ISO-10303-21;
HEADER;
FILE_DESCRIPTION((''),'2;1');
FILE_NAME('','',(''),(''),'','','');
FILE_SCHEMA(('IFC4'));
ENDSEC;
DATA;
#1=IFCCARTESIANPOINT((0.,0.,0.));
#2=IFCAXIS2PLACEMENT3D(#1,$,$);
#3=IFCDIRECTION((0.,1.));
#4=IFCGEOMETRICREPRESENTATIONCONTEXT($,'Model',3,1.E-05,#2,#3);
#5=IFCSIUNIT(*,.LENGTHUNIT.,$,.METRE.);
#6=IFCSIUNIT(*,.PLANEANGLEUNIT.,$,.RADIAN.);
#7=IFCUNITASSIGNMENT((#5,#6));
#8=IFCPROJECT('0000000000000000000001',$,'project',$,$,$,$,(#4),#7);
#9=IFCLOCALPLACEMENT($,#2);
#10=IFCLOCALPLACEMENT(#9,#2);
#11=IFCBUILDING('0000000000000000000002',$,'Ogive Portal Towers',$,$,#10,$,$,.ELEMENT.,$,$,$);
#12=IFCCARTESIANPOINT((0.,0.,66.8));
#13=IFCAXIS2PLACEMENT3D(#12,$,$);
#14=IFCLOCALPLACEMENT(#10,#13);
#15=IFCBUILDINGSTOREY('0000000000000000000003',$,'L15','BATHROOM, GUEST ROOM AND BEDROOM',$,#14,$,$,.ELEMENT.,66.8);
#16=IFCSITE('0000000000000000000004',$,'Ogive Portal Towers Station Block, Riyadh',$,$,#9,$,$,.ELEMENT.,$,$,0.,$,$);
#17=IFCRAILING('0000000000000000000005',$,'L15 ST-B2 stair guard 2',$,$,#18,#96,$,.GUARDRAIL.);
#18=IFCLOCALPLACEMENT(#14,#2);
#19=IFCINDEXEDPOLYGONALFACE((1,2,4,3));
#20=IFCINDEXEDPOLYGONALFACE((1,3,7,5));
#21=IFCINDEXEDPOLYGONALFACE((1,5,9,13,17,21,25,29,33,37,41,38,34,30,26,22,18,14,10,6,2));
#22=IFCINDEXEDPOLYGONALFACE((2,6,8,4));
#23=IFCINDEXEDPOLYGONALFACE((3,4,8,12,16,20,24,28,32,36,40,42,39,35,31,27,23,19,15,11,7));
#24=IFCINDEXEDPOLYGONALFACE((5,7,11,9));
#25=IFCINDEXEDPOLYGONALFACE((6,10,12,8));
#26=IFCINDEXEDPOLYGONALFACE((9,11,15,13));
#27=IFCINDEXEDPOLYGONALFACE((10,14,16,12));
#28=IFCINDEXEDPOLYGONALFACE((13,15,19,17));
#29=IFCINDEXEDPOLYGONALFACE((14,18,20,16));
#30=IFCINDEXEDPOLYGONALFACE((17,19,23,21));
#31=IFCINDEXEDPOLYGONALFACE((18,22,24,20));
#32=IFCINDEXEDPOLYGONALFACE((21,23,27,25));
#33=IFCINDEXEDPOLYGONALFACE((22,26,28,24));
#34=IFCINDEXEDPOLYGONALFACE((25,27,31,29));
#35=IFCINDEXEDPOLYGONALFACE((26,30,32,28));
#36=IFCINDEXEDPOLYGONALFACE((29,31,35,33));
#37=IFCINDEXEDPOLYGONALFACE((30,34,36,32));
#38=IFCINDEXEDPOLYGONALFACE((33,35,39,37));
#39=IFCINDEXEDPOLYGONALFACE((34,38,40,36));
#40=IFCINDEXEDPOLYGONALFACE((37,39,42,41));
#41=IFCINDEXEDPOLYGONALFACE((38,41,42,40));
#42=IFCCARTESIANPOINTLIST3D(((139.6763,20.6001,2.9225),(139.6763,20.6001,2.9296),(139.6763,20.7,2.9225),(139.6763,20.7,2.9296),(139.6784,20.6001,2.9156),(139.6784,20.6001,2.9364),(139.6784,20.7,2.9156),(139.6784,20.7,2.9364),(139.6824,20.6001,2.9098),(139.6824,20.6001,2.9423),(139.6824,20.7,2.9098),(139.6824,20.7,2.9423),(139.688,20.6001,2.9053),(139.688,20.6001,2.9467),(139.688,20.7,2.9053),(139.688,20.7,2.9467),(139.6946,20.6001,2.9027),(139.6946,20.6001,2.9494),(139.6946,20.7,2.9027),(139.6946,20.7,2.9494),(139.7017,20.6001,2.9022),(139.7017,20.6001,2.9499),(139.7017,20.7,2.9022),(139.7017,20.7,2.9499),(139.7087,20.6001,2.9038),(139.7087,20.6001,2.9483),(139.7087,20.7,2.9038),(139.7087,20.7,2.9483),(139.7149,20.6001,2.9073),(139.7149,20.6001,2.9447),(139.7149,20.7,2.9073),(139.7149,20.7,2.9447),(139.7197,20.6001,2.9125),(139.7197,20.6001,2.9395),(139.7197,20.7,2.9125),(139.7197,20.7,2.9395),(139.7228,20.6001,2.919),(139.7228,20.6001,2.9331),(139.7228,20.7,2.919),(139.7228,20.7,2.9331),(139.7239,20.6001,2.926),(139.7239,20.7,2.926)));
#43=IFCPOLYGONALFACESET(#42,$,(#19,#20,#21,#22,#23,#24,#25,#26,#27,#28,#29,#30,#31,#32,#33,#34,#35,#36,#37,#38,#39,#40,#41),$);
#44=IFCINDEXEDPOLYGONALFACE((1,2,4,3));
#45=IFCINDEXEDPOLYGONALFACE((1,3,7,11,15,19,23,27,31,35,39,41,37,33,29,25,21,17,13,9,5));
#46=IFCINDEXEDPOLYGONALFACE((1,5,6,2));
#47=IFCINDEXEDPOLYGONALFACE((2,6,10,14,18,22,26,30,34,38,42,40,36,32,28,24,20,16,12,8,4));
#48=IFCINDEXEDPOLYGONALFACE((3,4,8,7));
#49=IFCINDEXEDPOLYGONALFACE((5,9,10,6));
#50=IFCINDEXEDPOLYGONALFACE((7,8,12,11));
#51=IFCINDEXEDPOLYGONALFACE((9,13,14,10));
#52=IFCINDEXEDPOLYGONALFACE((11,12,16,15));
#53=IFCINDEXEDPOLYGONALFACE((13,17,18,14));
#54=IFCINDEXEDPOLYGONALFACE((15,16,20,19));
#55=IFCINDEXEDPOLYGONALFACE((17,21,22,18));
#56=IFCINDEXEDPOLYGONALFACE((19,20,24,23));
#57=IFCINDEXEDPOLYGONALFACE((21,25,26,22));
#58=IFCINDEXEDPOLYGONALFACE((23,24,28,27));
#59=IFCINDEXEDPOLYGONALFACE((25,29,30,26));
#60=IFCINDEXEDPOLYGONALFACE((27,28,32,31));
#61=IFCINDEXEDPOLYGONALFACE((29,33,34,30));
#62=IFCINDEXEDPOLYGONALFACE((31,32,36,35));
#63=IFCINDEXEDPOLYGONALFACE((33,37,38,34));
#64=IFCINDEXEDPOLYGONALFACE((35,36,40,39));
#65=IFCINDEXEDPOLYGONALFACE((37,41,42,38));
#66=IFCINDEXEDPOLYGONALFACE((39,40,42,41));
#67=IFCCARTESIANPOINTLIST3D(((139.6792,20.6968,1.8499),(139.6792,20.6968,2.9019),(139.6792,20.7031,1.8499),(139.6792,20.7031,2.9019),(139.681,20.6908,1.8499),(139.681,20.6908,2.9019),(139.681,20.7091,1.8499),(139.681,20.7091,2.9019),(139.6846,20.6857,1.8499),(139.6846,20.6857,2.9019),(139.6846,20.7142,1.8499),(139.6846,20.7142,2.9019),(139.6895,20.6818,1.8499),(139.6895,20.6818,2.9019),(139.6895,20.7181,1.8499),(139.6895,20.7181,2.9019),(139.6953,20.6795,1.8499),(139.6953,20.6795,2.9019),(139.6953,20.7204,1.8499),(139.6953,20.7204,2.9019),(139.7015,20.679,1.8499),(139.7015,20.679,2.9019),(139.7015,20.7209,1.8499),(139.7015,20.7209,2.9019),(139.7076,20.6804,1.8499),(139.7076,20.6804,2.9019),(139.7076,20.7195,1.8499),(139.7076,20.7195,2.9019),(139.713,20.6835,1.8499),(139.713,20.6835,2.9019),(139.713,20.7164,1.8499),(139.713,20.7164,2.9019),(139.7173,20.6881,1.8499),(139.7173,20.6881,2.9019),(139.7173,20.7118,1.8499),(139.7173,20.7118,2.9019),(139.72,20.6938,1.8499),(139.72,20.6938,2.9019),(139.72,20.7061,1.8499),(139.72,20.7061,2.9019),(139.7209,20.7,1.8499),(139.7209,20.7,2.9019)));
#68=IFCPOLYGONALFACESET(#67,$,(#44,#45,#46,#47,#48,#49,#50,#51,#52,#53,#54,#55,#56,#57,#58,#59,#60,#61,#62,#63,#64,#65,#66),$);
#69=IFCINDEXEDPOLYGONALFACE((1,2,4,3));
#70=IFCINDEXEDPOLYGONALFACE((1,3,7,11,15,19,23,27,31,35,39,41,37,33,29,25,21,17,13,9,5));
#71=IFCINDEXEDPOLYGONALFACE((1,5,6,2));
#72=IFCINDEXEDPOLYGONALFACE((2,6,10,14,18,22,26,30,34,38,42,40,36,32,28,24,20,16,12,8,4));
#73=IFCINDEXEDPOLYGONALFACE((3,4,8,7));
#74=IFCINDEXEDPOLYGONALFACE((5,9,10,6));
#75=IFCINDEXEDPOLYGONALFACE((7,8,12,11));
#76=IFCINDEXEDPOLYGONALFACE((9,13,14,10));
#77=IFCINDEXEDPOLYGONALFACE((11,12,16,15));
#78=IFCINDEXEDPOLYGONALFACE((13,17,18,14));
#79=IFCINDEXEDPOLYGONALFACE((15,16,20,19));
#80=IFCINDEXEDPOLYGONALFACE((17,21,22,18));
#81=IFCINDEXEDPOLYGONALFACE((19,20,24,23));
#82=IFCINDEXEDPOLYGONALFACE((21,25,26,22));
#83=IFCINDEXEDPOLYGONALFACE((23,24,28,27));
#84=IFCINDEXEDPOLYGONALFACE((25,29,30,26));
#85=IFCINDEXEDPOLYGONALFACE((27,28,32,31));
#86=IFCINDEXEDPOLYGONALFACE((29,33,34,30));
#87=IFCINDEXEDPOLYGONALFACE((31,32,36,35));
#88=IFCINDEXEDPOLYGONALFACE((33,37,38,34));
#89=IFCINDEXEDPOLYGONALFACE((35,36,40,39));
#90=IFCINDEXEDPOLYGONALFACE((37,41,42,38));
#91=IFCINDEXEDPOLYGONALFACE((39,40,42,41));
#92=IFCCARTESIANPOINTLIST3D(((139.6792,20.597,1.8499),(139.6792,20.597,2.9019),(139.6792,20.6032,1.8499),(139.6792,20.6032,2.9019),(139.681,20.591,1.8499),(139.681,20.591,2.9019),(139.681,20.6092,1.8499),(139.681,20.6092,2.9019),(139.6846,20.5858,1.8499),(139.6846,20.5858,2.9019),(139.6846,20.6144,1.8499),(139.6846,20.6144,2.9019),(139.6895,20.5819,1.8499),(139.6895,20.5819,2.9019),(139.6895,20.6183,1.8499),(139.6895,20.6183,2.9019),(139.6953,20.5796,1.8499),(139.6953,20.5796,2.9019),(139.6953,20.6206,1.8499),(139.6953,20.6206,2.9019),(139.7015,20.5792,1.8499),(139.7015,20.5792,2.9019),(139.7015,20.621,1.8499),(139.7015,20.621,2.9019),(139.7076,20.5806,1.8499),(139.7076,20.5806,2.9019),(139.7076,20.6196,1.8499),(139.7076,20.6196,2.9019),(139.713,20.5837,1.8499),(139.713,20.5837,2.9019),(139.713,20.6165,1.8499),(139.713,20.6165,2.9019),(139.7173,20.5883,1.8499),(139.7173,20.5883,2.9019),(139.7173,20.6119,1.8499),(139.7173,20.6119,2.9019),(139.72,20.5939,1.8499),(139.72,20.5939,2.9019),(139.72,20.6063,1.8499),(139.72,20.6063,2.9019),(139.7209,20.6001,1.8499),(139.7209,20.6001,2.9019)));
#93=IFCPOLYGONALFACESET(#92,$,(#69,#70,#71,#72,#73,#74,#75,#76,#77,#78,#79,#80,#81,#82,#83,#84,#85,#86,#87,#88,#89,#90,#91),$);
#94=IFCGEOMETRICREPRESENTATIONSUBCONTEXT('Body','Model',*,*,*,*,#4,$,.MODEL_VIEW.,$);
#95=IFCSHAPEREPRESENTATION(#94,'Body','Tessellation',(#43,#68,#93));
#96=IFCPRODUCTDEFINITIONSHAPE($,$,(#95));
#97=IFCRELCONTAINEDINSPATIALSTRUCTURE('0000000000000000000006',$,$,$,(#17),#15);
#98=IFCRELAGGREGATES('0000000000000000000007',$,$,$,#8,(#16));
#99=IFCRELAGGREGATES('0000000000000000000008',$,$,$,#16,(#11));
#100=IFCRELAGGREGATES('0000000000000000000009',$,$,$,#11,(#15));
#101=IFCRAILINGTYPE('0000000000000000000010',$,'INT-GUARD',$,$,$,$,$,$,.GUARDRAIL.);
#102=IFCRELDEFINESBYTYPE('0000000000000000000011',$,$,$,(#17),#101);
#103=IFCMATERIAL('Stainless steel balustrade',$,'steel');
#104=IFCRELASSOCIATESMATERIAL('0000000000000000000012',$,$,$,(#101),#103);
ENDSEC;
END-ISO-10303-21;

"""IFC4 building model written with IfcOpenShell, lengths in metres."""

from ifc_helpers import new_model, si_unit, direction, frame, origin, origin_2d, place, context, subcontext, project, spatial, circle, extrude, material, type_object, element, save


model = new_model("IFC4")

# Units and contexts
model_context = context("Model", 3, precision=1e-05, world=origin(), true_north=direction((0.0, 1.0)))
body_context = subcontext(model_context, "Body", "Model", "MODEL_VIEW")
ifc_project = project(units=[si_unit("LENGTHUNIT", "METRE"), si_unit("PLANEANGLEUNIT", "RADIAN")], contexts=[model_context])

# Site, building, storey
site_placement = place(None, origin())
site = spatial("IfcSite", under=ifc_project, at=site_placement, Name="Ogive Portal Towers Station Block, Riyadh", CompositionType="ELEMENT", RefElevation=0.0)
building_placement = place(site_placement, origin())
building = spatial("IfcBuilding", under=site, at=building_placement, Name="Ogive Portal Towers", CompositionType="ELEMENT")
storey_placement = place(building_placement, frame((0.0, 0.0, 66.8)))
storey = spatial("IfcBuildingStorey", under=building, at=storey_placement, Name="L15", Description="BATHROOM, GUEST ROOM AND BEDROOM", CompositionType="ELEMENT", Elevation=66.8)

# Railing
ifc_material_1 = material(Name="Stainless steel balustrade", Category="steel")
railing_type_1 = type_object("IfcRailingType", Name="INT-GUARD", PredefinedType="GUARDRAIL", material=ifc_material_1)
railing_1_placement = place(storey_placement, frame((139.7, 20.7, 1.8499)))
element("IfcRailing", 1, at=railing_1_placement, inside=storey, type_object=railing_type_1, Name="L15 ST-B2 stair guard 2", PredefinedType="GUARDRAIL", context=body_context, shape_type="SweptSolid", body=[
    extrude(circle(Radius=0.0239, at=origin_2d()), frame((0.0, 0.0, 1.0762), z_axis=(0.0, -1.0, 0.0), x_axis=(1.0, 0.0, 0.0)), (0.0, 0.0, 1.0), 0.0999),
    extrude(circle(Radius=0.021, at=origin_2d()), origin(), (0.0, 0.0, 1.0), 1.052),
    extrude(circle(Radius=0.021, at=origin_2d()), frame((0.0, -0.0999, 0.0)), (0.0, 0.0, 1.0), 1.052),
])

save(model, "model.ifc")
